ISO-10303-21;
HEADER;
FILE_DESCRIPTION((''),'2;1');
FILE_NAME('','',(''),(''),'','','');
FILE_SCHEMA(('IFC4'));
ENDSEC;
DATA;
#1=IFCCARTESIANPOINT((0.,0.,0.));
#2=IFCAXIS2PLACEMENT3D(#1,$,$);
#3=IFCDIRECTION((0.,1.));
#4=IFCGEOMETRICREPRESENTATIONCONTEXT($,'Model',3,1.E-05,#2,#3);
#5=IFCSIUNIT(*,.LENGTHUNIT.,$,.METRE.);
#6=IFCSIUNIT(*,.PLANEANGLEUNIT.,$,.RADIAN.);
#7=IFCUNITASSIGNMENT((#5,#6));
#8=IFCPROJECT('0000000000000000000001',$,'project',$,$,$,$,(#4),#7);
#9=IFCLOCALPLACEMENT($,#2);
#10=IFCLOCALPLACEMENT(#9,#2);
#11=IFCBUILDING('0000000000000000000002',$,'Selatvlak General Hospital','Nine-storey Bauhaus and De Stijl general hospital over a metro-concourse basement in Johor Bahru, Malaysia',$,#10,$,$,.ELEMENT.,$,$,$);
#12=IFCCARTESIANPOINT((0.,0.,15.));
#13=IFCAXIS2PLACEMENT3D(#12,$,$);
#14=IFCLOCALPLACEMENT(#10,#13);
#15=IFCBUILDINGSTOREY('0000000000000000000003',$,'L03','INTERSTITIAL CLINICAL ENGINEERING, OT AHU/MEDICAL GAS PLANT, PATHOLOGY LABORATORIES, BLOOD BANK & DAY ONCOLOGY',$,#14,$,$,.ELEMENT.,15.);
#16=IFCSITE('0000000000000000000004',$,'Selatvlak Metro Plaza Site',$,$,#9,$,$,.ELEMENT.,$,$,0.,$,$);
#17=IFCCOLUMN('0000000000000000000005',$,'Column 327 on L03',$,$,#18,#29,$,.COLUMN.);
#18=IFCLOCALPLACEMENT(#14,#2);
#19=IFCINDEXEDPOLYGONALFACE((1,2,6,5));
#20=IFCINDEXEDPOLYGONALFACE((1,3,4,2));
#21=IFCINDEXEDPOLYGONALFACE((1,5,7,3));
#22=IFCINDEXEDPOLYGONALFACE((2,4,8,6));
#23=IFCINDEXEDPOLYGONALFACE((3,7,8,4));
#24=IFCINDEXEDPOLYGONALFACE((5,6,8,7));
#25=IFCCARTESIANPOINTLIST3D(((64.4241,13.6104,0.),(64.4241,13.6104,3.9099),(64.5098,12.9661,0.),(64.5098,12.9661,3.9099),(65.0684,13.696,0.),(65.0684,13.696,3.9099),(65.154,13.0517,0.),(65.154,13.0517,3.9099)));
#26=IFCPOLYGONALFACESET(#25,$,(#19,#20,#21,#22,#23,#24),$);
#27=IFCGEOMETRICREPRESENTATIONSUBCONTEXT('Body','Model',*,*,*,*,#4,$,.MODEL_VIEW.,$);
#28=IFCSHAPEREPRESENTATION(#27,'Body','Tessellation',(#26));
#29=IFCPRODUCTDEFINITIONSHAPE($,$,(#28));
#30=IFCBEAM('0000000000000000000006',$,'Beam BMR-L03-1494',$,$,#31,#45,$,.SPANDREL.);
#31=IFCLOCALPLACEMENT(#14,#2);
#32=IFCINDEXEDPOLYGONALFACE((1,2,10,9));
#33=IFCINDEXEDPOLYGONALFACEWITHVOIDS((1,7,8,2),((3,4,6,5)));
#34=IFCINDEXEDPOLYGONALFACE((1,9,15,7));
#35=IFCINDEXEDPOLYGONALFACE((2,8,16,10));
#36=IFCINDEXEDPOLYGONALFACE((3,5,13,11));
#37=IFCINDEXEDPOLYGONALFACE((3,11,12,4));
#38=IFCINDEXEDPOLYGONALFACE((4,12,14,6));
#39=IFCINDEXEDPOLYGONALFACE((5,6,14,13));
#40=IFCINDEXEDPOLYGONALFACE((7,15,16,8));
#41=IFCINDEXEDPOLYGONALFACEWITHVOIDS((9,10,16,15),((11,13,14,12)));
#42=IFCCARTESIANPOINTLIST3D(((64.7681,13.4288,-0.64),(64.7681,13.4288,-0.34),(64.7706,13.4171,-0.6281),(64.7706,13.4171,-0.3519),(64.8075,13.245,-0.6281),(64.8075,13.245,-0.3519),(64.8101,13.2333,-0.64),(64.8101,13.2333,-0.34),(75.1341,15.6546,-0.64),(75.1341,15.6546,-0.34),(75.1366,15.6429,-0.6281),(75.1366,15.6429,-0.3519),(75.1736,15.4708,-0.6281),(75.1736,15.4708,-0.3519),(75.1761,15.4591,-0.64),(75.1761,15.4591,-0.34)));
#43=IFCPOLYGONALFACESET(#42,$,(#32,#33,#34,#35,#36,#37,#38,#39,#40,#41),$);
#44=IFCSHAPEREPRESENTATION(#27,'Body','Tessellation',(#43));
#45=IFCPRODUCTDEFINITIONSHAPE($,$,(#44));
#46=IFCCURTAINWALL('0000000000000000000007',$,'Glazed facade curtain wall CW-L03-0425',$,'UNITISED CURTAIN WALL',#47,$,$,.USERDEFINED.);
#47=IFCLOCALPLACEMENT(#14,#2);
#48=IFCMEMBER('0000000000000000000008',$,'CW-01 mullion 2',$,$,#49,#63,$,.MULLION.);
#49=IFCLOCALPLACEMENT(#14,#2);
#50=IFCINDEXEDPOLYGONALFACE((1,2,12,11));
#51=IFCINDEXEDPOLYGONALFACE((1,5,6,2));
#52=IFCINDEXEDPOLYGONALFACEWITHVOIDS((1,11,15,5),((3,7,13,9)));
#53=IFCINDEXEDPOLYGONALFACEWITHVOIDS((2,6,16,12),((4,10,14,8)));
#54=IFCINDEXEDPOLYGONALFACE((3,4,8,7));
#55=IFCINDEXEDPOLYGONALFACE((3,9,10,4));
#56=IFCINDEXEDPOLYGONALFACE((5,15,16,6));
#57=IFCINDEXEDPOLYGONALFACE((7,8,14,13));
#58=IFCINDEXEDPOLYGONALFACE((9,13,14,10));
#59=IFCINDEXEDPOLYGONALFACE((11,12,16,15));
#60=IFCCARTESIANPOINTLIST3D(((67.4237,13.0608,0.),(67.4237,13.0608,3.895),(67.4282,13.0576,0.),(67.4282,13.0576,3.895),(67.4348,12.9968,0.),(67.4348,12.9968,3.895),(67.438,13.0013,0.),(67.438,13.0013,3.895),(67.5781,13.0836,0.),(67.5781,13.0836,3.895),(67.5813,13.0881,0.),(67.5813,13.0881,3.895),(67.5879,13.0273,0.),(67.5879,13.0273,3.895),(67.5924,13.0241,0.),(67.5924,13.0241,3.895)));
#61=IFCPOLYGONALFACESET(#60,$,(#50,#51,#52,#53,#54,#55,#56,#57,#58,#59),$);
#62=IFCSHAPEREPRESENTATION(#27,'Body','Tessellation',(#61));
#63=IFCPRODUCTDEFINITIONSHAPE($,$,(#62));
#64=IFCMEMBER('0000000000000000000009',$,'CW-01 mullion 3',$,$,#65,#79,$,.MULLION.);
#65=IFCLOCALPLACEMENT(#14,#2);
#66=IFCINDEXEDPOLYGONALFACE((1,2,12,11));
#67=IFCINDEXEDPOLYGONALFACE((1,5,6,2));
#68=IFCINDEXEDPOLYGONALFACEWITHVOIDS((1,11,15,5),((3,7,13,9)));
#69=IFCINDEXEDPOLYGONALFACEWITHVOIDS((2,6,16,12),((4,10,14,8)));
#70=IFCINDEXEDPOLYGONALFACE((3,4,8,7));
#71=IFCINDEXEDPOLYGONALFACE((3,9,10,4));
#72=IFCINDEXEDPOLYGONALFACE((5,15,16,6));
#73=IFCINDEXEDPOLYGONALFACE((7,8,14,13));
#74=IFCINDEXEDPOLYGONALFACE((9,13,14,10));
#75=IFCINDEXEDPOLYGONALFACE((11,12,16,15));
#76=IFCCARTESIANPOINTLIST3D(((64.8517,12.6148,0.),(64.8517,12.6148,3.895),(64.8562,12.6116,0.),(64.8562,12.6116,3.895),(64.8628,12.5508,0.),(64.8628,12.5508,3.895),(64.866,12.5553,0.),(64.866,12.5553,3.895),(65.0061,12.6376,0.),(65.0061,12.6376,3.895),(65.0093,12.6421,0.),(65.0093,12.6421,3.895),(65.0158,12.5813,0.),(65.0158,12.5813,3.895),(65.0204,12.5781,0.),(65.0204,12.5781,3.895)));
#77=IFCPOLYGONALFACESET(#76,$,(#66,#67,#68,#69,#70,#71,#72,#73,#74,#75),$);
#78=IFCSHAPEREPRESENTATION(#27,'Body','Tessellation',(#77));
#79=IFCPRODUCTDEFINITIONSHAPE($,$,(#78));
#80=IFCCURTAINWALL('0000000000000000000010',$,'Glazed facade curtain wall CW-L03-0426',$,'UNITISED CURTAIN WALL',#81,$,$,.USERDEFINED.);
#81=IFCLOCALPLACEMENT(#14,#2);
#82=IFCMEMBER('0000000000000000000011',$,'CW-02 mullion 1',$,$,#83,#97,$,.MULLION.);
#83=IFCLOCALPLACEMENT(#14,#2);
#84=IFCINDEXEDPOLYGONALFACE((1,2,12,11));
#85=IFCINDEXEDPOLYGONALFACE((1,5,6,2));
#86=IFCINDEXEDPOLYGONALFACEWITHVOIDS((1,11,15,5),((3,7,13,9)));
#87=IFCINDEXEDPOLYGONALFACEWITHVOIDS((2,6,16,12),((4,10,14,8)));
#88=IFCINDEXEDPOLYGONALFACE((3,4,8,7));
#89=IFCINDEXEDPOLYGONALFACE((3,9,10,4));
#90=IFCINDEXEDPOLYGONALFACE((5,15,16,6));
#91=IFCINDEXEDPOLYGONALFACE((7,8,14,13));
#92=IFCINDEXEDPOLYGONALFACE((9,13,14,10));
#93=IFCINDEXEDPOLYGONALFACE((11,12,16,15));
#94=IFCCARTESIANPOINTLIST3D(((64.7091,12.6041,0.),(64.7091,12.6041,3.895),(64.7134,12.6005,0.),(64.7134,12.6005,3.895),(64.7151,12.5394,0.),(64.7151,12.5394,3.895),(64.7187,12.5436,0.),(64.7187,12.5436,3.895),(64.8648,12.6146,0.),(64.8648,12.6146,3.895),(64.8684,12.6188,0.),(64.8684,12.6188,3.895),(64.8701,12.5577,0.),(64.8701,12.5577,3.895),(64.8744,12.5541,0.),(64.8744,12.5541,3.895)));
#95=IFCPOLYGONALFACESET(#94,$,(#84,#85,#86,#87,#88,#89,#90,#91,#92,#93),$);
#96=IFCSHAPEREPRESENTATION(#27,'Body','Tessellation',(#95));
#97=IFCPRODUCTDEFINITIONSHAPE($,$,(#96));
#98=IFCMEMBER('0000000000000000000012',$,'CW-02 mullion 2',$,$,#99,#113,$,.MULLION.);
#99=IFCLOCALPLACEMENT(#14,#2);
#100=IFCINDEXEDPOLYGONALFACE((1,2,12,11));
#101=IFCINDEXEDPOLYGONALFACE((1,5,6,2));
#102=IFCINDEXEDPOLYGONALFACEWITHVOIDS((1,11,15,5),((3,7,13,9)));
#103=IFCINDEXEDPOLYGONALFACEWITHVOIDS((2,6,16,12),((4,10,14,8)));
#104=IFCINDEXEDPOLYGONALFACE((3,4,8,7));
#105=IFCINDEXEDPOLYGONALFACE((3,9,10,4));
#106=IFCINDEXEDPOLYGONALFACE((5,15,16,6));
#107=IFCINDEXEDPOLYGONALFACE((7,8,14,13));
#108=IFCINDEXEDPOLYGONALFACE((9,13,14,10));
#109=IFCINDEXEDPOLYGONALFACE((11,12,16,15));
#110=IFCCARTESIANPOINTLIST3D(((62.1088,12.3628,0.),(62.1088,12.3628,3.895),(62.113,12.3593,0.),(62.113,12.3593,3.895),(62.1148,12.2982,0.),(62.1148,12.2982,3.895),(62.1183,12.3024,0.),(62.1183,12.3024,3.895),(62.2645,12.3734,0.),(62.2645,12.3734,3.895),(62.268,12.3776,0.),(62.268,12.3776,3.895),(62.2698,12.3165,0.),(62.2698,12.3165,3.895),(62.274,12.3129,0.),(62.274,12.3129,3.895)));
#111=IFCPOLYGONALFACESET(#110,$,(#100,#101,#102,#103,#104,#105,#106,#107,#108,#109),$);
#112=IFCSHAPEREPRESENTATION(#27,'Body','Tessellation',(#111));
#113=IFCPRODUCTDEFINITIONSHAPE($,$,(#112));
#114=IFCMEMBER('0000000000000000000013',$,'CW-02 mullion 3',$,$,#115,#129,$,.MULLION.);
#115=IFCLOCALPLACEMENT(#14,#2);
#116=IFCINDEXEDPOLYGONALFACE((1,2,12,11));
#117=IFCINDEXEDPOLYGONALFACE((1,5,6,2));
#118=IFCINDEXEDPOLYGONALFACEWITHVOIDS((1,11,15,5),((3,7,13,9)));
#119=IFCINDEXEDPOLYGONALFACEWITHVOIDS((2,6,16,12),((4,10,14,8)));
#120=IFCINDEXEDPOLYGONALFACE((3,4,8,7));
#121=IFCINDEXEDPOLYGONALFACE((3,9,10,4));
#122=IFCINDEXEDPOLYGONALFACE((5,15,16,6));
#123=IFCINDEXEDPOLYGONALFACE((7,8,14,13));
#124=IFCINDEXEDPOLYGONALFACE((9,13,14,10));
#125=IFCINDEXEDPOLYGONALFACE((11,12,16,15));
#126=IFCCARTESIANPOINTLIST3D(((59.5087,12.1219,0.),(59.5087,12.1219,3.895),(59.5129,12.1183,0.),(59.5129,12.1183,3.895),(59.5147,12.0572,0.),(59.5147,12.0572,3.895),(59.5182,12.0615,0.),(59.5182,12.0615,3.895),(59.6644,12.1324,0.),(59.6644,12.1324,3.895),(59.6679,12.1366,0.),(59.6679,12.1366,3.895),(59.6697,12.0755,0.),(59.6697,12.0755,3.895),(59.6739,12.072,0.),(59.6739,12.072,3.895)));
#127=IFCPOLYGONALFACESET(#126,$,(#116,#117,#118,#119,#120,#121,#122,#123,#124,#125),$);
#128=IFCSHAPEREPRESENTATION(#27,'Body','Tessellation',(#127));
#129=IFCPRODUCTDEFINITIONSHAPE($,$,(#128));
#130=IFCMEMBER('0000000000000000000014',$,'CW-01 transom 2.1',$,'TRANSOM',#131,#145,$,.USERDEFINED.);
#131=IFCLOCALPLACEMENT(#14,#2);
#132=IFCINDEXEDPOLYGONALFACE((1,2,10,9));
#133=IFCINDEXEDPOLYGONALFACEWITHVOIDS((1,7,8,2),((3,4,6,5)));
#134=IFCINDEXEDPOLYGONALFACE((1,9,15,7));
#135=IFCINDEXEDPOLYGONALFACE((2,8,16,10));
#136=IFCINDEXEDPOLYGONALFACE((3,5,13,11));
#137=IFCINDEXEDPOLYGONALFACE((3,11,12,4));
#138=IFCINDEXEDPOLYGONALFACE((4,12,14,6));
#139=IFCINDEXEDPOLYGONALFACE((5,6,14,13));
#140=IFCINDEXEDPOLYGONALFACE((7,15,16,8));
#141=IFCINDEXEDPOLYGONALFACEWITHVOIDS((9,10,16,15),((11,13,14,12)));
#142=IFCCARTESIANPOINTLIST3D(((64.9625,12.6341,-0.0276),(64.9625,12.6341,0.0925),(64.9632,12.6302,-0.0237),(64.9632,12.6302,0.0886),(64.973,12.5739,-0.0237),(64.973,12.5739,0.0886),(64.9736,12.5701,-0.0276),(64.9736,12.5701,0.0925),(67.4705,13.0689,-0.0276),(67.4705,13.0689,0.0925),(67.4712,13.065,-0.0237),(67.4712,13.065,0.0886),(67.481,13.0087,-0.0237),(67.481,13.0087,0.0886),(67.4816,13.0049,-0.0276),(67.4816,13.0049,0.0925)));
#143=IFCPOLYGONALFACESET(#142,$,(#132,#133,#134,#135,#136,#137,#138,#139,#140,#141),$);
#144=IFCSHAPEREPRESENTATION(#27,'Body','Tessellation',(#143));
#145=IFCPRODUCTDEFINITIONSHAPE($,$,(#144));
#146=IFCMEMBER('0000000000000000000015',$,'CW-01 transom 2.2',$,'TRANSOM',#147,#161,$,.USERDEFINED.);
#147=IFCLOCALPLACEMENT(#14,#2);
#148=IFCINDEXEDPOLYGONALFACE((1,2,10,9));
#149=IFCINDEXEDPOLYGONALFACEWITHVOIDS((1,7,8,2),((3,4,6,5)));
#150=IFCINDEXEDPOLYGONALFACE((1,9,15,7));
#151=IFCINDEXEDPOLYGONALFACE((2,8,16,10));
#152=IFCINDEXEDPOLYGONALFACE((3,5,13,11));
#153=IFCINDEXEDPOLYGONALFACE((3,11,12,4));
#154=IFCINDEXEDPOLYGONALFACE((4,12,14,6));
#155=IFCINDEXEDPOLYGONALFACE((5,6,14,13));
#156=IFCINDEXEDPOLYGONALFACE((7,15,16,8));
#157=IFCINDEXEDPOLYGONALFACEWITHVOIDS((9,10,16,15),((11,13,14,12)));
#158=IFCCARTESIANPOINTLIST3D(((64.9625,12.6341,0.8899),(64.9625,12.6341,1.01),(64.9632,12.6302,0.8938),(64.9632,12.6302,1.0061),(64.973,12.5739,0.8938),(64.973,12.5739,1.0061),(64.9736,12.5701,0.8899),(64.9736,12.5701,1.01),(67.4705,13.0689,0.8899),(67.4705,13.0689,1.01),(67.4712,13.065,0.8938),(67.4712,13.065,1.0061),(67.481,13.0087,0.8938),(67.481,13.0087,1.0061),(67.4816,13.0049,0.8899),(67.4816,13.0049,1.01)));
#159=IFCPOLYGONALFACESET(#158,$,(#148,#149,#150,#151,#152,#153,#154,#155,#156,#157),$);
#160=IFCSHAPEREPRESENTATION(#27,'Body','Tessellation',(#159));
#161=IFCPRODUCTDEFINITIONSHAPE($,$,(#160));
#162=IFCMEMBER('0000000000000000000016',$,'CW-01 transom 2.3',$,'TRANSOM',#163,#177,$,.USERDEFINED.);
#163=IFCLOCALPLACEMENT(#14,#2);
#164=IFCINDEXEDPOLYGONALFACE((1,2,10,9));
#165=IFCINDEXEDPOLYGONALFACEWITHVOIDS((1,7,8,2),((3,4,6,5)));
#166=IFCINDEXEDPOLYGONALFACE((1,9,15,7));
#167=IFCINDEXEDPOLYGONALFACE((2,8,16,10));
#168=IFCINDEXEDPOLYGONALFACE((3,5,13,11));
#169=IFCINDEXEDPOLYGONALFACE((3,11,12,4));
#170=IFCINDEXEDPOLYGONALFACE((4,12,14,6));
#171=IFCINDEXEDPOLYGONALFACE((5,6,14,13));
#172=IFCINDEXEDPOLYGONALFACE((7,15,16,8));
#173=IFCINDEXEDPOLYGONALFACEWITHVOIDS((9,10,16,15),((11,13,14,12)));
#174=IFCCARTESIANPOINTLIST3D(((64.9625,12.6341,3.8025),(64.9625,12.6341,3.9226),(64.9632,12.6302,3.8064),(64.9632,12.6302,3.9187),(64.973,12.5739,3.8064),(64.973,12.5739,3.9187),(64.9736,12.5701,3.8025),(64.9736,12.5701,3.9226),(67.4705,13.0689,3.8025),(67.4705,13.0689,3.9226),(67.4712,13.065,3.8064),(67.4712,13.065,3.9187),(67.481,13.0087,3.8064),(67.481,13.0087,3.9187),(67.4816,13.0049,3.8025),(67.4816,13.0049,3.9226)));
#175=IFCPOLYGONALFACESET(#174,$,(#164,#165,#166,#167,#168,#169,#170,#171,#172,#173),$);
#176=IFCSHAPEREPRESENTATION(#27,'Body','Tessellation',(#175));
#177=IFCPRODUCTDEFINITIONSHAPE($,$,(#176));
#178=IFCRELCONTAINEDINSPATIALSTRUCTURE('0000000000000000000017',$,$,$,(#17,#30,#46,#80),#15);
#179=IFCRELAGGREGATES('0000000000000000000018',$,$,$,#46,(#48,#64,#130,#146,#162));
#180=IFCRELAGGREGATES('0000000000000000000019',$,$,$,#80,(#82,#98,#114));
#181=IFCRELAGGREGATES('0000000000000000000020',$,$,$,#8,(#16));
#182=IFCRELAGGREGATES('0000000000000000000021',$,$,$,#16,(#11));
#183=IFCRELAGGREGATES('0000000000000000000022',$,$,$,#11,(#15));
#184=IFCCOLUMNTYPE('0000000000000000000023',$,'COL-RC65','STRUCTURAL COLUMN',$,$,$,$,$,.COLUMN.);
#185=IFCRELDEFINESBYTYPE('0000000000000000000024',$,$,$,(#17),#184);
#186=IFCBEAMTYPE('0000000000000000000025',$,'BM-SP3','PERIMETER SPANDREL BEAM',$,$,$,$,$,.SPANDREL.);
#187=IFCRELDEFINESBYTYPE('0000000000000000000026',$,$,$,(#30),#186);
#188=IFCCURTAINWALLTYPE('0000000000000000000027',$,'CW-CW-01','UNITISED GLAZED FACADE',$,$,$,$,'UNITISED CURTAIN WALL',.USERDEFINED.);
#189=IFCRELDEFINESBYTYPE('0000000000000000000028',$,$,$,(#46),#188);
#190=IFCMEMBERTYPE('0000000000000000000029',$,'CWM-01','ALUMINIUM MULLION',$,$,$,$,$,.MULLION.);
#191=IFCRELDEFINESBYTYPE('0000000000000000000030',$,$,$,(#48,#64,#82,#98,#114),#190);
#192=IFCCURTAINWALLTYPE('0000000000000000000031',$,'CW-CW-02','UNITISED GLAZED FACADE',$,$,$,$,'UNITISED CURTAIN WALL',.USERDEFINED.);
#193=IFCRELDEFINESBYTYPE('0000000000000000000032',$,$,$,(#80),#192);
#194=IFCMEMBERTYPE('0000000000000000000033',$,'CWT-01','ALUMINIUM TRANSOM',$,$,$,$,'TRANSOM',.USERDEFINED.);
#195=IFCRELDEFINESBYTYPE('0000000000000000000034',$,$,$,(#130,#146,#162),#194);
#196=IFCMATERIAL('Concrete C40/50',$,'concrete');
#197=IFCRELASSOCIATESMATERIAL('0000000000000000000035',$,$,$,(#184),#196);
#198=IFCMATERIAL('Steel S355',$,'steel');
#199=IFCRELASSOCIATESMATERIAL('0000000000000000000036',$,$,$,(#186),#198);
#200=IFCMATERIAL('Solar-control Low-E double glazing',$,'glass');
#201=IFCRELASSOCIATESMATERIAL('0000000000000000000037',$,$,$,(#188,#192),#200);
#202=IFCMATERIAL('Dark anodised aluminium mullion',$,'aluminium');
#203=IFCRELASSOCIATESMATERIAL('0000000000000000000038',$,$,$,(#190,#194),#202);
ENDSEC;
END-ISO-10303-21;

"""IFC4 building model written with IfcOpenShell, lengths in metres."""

from ifc_helpers import new_model, si_unit, direction, frame, origin, origin_2d, place, context, subcontext, project, spatial, rectangle, hollow_rectangle, extrude, material, material_profile, profile_set, type_object, element, aggregate, save


model = new_model("IFC4")

# Units and contexts
model_context = context("Model", 3, precision=1e-05, world=origin(), true_north=direction((0.0, 1.0)))
body_context = subcontext(model_context, "Body", "Model", "MODEL_VIEW")
ifc_project = project(units=[si_unit("LENGTHUNIT", "METRE"), si_unit("PLANEANGLEUNIT", "RADIAN")], contexts=[model_context])

# Site, building, storey
site_placement = place(None, origin())
site = spatial("IfcSite", under=ifc_project, at=site_placement, Name="Selatvlak Metro Plaza Site", CompositionType="ELEMENT", RefElevation=0.0)
building_placement = place(site_placement, origin())
building = spatial("IfcBuilding", under=site, at=building_placement, Name="Selatvlak General Hospital", Description="Nine-storey Bauhaus and De Stijl general hospital over a metro-concourse basement in Johor Bahru, Malaysia", CompositionType="ELEMENT")
storey_placement = place(building_placement, frame((0.0, 0.0, 15.0)))
storey = spatial("IfcBuildingStorey", under=building, at=storey_placement, Name="L03", Description="INTERSTITIAL CLINICAL ENGINEERING, OT AHU/MEDICAL GAS PLANT, PATHOLOGY LABORATORIES, BLOOD BANK & DAY ONCOLOGY", CompositionType="ELEMENT", Elevation=15.0)

# Column
ifc_material_1 = material(Name="Concrete C40/50", Category="concrete")
ifc_material_profile_1 = material_profile(ifc_material_1, rectangle(XDim=0.6499, YDim=0.6499, at=origin_2d()), Name="RC-COL 650x650")
ifc_profile_set_1 = profile_set([ifc_material_profile_1], Name="Concrete C40/50")
column_type = type_object("IfcColumnType", Name="COL-RC65", Description="STRUCTURAL COLUMN", PredefinedType="COLUMN", material=ifc_profile_set_1)
column_placement = place(storey_placement, frame((64.7891, 13.3311, 0.0), z_axis=(0.0, 0.0, 1.0), x_axis=(-0.131737, 0.991285, 0.0)))
element("IfcColumn", 1, at=column_placement, inside=storey, type_object=column_type, Name="Column 327 on L03", PredefinedType="COLUMN", context=body_context, shape_type="SweptSolid", body=[
    extrude(rectangle(XDim=0.6499, YDim=0.6499, at=origin_2d()), origin(), (0.0, 0.0, 1.0), 3.9099),
])

# Beam
ifc_material_2 = material(Name="Steel S355", Category="steel")
ifc_material_profile_2 = material_profile(ifc_material_2, hollow_rectangle(XDim=0.2, YDim=0.3, WallThickness=0.012, at=origin_2d()), Name="RHS 300x200x12")
ifc_profile_set_2 = profile_set([ifc_material_profile_2], Name="Steel S355")
beam_type = type_object("IfcBeamType", Name="BM-SP3", Description="PERIMETER SPANDREL BEAM", PredefinedType="SPANDREL", material=ifc_profile_set_2)
beam_placement = place(storey_placement, frame((64.7891, 13.3311, -0.49), z_axis=(0.977714, 0.20994, 0.0), x_axis=(-0.20994, 0.977714, 0.0)))
element("IfcBeam", 2, at=beam_placement, inside=storey, type_object=beam_type, Name="Beam BMR-L03-1494", PredefinedType="SPANDREL", context=body_context, shape_type="SweptSolid", body=[
    extrude(hollow_rectangle(XDim=0.2, YDim=0.3, WallThickness=0.012, at=origin_2d()), origin(), (0.0, 0.0, 1.0), 10.6023),
])

# Curtain walls, members
ifc_material_3 = material(Name="Solar-control Low-E double glazing", Category="glass")
curtain_wall_type_1 = type_object("IfcCurtainWallType", Name="CW-CW-01", Description="UNITISED GLAZED FACADE", ElementType="UNITISED CURTAIN WALL", PredefinedType="USERDEFINED", material=ifc_material_3)
curtain_wall_1_placement = place(storey_placement, origin())
curtain_wall_1 = element("IfcCurtainWall", 3, at=curtain_wall_1_placement, inside=storey, type_object=curtain_wall_type_1, Name="Glazed facade curtain wall CW-L03-0425", ObjectType="UNITISED CURTAIN WALL", PredefinedType="USERDEFINED")
ifc_material_4 = material(Name="Dark anodised aluminium mullion", Category="aluminium")
ifc_material_profile_3 = material_profile(ifc_material_4, hollow_rectangle(XDim=0.0649, YDim=0.1599, WallThickness=0.0039, at=origin_2d()), Name="AL-MUL 65x160x4")
ifc_profile_set_3 = profile_set([ifc_material_profile_3], Name="Dark anodised aluminium mullion")
member_type_1 = type_object("IfcMemberType", Name="CWM-01", Description="ALUMINIUM MULLION", PredefinedType="MULLION", material=ifc_profile_set_3)
member_1_placement = place(storey_placement, frame((67.5081, 13.0425, 0.0), z_axis=(0.0, 0.0, 1.0), x_axis=(0.170838, -0.985299, 0.0)))
member_1 = element("IfcMember", 4, at=member_1_placement, type_object=member_type_1, Name="CW-01 mullion 2", PredefinedType="MULLION", context=body_context, shape_type="SweptSolid", body=[
    extrude(hollow_rectangle(XDim=0.0649, YDim=0.1599, WallThickness=0.0039, at=origin_2d()), origin(), (0.0, 0.0, 1.0), 3.895),
])
member_2_placement = place(storey_placement, frame((64.936, 12.5964, 0.0), z_axis=(0.0, 0.0, 1.0), x_axis=(0.170838, -0.985299, 0.0)))
member_2 = element("IfcMember", 5, at=member_2_placement, type_object=member_type_1, Name="CW-01 mullion 3", PredefinedType="MULLION", context=body_context, shape_type="SweptSolid", body=[
    extrude(hollow_rectangle(XDim=0.0649, YDim=0.1599, WallThickness=0.0039, at=origin_2d()), origin(), (0.0, 0.0, 1.0), 3.895),
])
curtain_wall_type_2 = type_object("IfcCurtainWallType", Name="CW-CW-02", Description="UNITISED GLAZED FACADE", ElementType="UNITISED CURTAIN WALL", PredefinedType="USERDEFINED", material=ifc_material_3)
curtain_wall_2_placement = place(storey_placement, origin())
curtain_wall_2 = element("IfcCurtainWall", 6, at=curtain_wall_2_placement, inside=storey, type_object=curtain_wall_type_2, Name="Glazed facade curtain wall CW-L03-0426", ObjectType="UNITISED CURTAIN WALL", PredefinedType="USERDEFINED")
member_3_placement = place(storey_placement, frame((64.7917, 12.5791, 0.0), z_axis=(0.0, 0.0, 1.0), x_axis=(0.092292, -0.995732, 0.0)))
member_3 = element("IfcMember", 7, at=member_3_placement, type_object=member_type_1, Name="CW-02 mullion 1", PredefinedType="MULLION", context=body_context, shape_type="SweptSolid", body=[
    extrude(hollow_rectangle(XDim=0.0649, YDim=0.1599, WallThickness=0.0039, at=origin_2d()), origin(), (0.0, 0.0, 1.0), 3.895),
])
member_4_placement = place(storey_placement, frame((62.1914, 12.3379, 0.0), z_axis=(0.0, 0.0, 1.0), x_axis=(0.092292, -0.995732, 0.0)))
member_4 = element("IfcMember", 8, at=member_4_placement, type_object=member_type_1, Name="CW-02 mullion 2", PredefinedType="MULLION", context=body_context, shape_type="SweptSolid", body=[
    extrude(hollow_rectangle(XDim=0.0649, YDim=0.1599, WallThickness=0.0039, at=origin_2d()), origin(), (0.0, 0.0, 1.0), 3.895),
])
member_5_placement = place(storey_placement, frame((59.5913, 12.0969, 0.0), z_axis=(0.0, 0.0, 1.0), x_axis=(0.092292, -0.995732, 0.0)))
member_5 = element("IfcMember", 9, at=member_5_placement, type_object=member_type_1, Name="CW-02 mullion 3", PredefinedType="MULLION", context=body_context, shape_type="SweptSolid", body=[
    extrude(hollow_rectangle(XDim=0.0649, YDim=0.1599, WallThickness=0.0039, at=origin_2d()), origin(), (0.0, 0.0, 1.0), 3.895),
])

# Members
ifc_material_profile_4 = material_profile(ifc_material_4, hollow_rectangle(XDim=0.0649, YDim=0.1201, WallThickness=0.0039, at=origin_2d()), Name="AL-TRN 65x120x4")
ifc_profile_set_4 = profile_set([ifc_material_profile_4], Name="Dark anodised aluminium mullion")
member_type_2 = type_object("IfcMemberType", Name="CWT-01", Description="ALUMINIUM TRANSOM", ElementType="TRANSOM", PredefinedType="USERDEFINED", material=ifc_profile_set_4)
member_6_placement = place(storey_placement, frame((67.4761, 13.0369, 0.0325), z_axis=(-0.985302, -0.170819, 0.0), x_axis=(0.170819, -0.985302, 0.0)))
member_6 = element("IfcMember", 10, at=member_6_placement, type_object=member_type_2, Name="CW-01 transom 2.1", ObjectType="TRANSOM", PredefinedType="USERDEFINED", context=body_context, shape_type="SweptSolid", body=[
    extrude(hollow_rectangle(XDim=0.0649, YDim=0.1201, WallThickness=0.0039, at=origin_2d()), origin(), (0.0, 0.0, 1.0), 2.5454),
])
member_7_placement = place(storey_placement, frame((67.4761, 13.0369, 0.95), z_axis=(-0.985302, -0.170819, 0.0), x_axis=(0.170819, -0.985302, 0.0)))
member_7 = element("IfcMember", 11, at=member_7_placement, type_object=member_type_2, Name="CW-01 transom 2.2", ObjectType="TRANSOM", PredefinedType="USERDEFINED", context=body_context, shape_type="SweptSolid", body=[
    extrude(hollow_rectangle(XDim=0.0649, YDim=0.1201, WallThickness=0.0039, at=origin_2d()), origin(), (0.0, 0.0, 1.0), 2.5454),
])
member_8_placement = place(storey_placement, frame((67.4761, 13.0369, 3.8625), z_axis=(-0.985302, -0.170819, 0.0), x_axis=(0.170819, -0.985302, 0.0)))
member_8 = element("IfcMember", 12, at=member_8_placement, type_object=member_type_2, Name="CW-01 transom 2.3", ObjectType="TRANSOM", PredefinedType="USERDEFINED", context=body_context, shape_type="SweptSolid", body=[
    extrude(hollow_rectangle(XDim=0.0649, YDim=0.1201, WallThickness=0.0039, at=origin_2d()), origin(), (0.0, 0.0, 1.0), 2.5454),
])

aggregate(curtain_wall_1, [member_1, member_2, member_6, member_7, member_8])
aggregate(curtain_wall_2, [member_3, member_4, member_5])

save(model, "model.ifc")
